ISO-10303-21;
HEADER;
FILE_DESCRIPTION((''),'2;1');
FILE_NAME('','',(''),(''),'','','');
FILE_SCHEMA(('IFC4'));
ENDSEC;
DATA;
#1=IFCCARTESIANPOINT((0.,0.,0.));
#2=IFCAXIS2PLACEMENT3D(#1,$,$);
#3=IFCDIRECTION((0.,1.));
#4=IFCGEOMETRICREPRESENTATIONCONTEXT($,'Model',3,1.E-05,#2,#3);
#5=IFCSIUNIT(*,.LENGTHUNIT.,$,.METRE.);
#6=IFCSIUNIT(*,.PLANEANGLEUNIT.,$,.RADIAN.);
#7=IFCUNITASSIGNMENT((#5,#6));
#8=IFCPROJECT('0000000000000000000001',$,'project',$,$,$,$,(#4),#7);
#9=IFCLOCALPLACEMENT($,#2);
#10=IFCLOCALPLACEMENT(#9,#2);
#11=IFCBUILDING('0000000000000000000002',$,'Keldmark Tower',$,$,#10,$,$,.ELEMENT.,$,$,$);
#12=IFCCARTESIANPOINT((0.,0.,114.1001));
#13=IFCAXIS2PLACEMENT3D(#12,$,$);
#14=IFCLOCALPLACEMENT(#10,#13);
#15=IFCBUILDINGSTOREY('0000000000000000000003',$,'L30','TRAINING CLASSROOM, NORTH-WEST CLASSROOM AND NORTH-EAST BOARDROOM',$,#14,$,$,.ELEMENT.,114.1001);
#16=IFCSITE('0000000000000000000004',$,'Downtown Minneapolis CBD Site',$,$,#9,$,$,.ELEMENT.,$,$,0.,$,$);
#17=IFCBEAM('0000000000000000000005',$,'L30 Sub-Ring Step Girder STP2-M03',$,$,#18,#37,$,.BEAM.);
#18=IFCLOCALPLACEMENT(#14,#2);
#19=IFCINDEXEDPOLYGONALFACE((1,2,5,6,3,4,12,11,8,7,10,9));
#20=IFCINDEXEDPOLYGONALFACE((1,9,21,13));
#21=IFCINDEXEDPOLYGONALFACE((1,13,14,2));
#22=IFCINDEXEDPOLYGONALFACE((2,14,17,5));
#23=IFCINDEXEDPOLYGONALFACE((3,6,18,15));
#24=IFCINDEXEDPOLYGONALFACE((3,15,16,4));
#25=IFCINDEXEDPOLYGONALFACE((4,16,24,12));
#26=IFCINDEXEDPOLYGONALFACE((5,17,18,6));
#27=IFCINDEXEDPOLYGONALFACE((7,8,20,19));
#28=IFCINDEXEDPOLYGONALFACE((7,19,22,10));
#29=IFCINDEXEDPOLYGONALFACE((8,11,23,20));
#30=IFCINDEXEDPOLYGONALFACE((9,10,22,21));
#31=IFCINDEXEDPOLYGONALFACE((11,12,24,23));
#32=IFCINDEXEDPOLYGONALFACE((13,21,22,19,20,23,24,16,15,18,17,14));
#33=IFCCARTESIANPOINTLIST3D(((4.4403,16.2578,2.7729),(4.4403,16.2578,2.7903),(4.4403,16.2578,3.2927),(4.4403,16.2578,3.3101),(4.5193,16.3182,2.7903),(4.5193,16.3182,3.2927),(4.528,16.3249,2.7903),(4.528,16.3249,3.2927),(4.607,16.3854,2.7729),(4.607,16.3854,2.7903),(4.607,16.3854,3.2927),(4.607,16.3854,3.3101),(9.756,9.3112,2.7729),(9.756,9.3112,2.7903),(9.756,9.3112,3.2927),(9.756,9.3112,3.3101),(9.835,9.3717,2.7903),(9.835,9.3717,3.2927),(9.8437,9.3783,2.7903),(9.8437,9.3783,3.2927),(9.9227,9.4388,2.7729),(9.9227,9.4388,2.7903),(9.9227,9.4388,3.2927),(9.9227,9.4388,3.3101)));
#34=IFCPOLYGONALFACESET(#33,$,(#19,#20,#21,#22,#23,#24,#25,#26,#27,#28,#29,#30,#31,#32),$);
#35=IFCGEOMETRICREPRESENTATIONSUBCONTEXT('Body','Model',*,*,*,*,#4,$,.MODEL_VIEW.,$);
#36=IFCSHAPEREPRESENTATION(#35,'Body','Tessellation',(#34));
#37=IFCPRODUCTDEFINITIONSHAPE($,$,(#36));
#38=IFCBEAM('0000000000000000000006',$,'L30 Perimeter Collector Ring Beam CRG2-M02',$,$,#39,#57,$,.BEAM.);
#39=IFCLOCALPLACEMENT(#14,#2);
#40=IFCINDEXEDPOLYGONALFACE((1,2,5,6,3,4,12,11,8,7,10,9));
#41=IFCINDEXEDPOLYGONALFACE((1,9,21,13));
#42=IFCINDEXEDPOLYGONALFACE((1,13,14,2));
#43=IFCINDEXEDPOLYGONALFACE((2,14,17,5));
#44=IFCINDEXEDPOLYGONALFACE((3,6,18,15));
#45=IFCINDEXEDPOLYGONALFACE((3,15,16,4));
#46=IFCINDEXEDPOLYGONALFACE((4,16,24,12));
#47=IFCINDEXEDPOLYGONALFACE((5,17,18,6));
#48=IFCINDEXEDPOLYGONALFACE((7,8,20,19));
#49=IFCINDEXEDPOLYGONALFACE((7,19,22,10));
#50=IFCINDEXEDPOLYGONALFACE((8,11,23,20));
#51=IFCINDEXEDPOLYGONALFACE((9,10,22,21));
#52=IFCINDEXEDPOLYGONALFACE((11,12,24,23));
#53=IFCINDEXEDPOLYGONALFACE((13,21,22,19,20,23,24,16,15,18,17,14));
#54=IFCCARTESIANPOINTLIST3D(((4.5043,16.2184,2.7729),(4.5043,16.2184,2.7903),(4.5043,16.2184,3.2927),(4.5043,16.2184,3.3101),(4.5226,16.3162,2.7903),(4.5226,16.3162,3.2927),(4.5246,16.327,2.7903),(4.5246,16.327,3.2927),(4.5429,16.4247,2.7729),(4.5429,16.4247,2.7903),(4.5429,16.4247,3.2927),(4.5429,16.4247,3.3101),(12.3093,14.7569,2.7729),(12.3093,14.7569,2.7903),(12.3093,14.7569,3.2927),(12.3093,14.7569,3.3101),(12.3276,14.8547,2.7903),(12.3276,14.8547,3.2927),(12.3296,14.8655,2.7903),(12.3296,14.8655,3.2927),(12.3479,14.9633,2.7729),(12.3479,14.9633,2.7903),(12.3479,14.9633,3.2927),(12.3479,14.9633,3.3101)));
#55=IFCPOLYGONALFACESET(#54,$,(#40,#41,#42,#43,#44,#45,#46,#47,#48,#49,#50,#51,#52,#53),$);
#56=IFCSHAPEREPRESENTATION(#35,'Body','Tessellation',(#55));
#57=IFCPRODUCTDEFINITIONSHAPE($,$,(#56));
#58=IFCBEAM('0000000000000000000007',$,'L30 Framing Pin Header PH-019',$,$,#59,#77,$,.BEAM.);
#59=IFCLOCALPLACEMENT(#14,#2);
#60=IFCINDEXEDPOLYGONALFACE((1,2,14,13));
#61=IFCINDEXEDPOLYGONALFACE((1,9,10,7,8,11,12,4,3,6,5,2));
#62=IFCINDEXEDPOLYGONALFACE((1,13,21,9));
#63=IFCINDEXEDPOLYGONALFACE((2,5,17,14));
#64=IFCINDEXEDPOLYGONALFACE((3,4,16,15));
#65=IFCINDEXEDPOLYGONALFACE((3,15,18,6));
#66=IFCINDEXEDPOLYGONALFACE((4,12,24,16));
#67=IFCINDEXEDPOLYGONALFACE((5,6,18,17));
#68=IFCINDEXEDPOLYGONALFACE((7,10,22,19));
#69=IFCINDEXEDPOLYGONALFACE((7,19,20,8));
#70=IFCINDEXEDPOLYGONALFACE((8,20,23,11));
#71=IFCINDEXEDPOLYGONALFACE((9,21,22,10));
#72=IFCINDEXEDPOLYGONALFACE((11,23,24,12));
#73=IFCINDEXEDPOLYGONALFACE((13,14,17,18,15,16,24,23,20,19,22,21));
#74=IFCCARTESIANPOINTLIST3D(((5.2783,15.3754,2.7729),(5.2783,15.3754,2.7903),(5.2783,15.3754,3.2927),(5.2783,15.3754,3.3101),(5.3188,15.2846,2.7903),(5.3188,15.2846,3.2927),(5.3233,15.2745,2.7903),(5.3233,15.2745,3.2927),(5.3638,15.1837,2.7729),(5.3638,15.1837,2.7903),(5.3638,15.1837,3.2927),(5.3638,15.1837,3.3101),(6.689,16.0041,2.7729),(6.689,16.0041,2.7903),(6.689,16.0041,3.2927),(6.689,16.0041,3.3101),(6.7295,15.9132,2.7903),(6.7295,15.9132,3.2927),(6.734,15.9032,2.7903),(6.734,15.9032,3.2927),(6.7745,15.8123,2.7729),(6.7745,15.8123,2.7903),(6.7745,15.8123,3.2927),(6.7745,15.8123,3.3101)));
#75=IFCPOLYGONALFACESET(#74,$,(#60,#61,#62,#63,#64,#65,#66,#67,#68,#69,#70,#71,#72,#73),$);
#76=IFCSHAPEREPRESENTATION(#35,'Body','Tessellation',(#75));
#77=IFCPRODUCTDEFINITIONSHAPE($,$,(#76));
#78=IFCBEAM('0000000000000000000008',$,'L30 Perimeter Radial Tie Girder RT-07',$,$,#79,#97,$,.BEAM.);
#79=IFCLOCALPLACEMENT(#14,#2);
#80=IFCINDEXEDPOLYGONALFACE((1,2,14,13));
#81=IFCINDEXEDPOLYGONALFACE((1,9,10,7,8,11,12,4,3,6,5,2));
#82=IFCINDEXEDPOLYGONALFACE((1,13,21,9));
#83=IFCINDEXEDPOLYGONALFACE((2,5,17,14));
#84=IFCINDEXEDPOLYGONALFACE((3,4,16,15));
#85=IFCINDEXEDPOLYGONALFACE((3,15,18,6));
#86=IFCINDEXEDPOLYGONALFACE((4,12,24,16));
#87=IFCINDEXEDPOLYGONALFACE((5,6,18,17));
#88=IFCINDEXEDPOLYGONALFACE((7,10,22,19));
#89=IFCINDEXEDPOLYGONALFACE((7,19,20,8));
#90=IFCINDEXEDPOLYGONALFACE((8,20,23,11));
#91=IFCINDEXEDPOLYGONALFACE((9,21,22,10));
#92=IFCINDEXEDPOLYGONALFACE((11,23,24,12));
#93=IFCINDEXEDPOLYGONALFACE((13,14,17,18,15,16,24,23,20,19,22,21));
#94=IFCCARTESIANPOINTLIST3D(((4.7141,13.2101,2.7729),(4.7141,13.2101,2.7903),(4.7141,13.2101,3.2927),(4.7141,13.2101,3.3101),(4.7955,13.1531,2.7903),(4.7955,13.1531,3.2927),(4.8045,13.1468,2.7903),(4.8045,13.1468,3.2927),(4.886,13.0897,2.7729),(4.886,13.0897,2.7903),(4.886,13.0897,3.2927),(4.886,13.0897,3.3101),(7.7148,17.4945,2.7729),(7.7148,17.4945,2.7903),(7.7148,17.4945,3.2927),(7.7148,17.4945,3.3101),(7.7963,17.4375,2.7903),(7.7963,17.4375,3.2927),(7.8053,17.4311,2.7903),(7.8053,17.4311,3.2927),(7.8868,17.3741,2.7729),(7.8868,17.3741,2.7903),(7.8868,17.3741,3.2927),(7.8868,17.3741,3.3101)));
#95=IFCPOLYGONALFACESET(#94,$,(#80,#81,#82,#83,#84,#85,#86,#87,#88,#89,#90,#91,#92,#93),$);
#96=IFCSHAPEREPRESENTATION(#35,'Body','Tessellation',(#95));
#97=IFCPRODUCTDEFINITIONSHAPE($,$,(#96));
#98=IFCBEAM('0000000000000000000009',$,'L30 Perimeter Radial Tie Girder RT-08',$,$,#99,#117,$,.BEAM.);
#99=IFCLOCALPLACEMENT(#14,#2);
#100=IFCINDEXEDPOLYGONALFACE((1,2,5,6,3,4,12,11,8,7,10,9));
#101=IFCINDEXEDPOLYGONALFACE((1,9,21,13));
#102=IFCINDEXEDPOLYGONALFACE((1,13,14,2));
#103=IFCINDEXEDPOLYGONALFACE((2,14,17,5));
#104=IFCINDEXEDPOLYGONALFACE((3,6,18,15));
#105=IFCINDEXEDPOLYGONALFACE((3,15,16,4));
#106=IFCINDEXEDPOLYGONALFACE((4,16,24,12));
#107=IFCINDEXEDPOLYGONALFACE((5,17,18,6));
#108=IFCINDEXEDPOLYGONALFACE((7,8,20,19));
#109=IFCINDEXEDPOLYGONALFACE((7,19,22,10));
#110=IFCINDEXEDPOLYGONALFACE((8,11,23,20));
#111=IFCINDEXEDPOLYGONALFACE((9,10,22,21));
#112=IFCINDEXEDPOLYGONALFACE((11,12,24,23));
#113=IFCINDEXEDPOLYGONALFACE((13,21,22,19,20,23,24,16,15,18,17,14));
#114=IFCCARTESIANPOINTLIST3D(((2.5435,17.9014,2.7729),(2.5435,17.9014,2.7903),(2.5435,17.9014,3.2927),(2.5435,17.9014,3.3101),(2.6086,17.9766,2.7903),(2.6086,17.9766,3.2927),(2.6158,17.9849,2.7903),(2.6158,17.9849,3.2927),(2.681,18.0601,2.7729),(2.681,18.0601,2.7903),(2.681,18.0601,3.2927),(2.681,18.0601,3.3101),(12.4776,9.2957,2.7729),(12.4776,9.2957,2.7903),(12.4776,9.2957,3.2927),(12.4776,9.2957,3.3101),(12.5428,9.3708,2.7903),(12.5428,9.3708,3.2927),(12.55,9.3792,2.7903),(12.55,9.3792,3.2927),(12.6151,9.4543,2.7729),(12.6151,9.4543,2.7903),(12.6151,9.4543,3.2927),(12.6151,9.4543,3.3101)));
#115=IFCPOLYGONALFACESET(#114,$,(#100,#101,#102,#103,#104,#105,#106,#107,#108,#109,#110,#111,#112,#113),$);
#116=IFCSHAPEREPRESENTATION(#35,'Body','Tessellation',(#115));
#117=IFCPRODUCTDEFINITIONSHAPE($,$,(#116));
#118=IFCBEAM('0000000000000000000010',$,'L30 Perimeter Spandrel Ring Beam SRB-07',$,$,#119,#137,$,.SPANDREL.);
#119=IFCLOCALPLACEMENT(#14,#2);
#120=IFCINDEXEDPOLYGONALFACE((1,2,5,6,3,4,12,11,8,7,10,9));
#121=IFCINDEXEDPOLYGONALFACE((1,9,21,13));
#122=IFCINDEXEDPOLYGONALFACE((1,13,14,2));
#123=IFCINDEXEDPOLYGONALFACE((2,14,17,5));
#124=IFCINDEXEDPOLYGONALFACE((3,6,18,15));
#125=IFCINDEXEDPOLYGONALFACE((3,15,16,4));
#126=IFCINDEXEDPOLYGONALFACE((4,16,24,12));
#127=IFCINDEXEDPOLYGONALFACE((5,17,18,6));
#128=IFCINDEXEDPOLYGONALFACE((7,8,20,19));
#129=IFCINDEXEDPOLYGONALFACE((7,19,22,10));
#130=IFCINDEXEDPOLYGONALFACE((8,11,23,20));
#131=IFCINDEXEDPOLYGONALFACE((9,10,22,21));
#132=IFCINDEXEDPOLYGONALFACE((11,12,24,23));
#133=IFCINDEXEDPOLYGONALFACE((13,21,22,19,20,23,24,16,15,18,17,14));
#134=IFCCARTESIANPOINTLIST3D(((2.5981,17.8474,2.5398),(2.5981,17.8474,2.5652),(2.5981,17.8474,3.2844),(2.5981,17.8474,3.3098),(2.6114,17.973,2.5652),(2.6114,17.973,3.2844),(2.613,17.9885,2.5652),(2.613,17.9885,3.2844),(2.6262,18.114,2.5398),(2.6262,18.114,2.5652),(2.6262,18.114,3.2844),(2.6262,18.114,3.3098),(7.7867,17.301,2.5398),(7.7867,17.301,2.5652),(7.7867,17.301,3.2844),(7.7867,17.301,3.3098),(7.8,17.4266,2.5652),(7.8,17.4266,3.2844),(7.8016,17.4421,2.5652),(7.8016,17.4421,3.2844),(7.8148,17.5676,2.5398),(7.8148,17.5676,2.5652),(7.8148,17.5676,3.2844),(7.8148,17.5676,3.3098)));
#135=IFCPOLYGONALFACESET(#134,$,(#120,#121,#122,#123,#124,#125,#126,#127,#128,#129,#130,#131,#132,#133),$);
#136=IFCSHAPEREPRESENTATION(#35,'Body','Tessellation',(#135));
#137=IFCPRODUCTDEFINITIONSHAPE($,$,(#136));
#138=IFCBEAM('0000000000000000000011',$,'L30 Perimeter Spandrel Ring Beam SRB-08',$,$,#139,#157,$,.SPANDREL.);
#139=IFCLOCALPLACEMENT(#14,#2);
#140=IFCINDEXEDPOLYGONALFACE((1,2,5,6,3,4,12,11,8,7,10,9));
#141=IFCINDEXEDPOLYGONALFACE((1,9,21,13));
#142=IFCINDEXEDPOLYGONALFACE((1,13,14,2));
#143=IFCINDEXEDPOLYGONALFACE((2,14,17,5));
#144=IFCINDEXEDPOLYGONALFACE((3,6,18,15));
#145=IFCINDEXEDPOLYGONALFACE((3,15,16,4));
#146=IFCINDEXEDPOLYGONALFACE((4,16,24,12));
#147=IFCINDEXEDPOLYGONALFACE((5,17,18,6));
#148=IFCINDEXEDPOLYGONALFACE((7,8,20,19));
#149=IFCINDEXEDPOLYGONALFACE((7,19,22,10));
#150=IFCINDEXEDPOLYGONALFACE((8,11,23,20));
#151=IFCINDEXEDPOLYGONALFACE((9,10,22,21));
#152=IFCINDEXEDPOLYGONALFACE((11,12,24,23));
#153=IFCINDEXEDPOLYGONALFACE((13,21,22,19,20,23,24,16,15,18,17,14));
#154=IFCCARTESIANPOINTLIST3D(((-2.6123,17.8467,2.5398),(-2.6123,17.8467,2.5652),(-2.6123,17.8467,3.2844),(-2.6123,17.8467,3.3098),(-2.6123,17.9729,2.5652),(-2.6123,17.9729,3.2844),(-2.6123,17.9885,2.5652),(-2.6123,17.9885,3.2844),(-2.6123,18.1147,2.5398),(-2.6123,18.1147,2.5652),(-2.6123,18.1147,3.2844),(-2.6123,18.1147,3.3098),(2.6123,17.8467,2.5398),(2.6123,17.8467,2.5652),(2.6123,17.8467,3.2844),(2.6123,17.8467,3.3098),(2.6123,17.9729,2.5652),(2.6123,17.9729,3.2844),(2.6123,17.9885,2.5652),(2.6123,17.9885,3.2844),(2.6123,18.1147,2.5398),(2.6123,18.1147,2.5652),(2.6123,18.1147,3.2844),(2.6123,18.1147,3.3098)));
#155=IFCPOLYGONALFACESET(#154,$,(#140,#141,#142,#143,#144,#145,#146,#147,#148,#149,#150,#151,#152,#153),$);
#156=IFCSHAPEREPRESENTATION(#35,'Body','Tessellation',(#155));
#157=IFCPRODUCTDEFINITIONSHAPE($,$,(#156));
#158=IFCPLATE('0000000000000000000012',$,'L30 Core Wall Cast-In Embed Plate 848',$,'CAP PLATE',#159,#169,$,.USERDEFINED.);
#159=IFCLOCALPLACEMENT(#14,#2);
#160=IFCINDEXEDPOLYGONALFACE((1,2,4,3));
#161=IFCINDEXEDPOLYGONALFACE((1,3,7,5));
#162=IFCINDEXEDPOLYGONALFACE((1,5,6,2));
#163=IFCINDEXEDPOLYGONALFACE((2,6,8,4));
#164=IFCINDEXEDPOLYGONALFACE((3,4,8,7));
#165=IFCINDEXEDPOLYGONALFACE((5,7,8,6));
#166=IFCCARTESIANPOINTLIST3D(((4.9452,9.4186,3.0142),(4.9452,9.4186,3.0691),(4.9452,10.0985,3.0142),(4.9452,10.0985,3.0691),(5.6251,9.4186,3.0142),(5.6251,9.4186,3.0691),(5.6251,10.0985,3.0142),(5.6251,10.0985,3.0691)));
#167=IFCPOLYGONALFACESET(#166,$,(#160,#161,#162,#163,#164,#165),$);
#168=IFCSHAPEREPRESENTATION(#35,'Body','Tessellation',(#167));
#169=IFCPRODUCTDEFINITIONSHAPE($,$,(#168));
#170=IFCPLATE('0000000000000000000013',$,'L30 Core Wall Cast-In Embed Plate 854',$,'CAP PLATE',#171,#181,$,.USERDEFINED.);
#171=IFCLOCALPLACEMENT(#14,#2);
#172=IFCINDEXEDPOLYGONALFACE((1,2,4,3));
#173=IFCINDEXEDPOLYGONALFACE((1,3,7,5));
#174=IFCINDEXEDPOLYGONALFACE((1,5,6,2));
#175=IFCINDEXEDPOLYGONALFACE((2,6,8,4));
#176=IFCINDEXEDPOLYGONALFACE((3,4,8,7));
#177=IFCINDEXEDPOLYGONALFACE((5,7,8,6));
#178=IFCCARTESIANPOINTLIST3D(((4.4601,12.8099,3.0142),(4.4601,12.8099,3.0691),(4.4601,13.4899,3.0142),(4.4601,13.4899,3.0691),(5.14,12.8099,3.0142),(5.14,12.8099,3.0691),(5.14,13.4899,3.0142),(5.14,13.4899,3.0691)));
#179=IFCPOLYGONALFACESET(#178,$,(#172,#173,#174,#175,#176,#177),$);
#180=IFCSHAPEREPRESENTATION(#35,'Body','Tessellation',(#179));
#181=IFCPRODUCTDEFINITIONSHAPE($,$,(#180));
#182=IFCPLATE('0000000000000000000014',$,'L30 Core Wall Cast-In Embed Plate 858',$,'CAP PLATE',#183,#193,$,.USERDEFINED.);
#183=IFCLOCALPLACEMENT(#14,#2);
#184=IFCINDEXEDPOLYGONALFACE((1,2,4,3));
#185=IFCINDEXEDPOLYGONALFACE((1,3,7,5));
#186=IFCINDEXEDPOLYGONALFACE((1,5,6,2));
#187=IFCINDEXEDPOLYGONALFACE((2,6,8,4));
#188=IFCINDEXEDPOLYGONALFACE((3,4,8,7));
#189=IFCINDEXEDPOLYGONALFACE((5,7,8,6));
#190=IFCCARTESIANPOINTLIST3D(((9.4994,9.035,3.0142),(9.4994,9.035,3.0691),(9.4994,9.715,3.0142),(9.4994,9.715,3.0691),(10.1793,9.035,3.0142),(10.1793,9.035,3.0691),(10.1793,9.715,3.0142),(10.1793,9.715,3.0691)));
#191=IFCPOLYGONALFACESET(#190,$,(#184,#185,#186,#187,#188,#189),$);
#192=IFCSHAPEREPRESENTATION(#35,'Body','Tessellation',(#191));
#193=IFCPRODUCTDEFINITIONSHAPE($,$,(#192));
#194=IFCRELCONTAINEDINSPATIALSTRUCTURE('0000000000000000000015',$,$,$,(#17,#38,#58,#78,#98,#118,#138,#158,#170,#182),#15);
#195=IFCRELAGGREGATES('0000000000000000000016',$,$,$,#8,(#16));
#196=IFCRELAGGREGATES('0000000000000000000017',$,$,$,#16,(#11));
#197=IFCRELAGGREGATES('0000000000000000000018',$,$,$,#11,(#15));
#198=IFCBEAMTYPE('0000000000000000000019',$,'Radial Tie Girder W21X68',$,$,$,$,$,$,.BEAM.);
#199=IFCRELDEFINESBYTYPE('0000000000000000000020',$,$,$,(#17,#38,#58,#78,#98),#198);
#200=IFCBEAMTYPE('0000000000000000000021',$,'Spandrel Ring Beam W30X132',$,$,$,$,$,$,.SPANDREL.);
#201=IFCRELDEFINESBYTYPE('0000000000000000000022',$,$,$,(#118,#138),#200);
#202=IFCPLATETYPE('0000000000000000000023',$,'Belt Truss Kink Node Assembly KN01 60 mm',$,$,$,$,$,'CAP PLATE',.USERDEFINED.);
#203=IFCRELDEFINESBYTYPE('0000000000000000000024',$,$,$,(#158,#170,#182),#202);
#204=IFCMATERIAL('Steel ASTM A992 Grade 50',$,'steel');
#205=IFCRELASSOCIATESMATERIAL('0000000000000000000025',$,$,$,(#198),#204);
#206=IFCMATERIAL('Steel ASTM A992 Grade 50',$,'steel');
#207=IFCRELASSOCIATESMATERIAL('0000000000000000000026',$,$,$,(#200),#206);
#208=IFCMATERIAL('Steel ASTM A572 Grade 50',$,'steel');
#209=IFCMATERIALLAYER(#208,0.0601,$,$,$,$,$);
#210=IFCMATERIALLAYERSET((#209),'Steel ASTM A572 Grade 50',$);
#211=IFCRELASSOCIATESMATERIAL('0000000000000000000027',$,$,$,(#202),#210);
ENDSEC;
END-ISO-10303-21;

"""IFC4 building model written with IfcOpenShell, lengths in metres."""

from ifc_helpers import new_model, si_unit, direction, frame, origin, origin_2d, place, context, subcontext, project, spatial, rectangle, i_section, extrude, material, layer, layer_set, material_profile, profile_set, type_object, element, save


model = new_model("IFC4")

# Units and contexts
model_context = context("Model", 3, precision=1e-05, world=origin(), true_north=direction((0.0, 1.0)))
body_context = subcontext(model_context, "Body", "Model", "MODEL_VIEW")
ifc_project = project(units=[si_unit("LENGTHUNIT", "METRE"), si_unit("PLANEANGLEUNIT", "RADIAN")], contexts=[model_context])

# Site, building, storey
site_placement = place(None, origin())
site = spatial("IfcSite", under=ifc_project, at=site_placement, Name="Downtown Minneapolis CBD Site", CompositionType="ELEMENT", RefElevation=0.0)
building_placement = place(site_placement, origin())
building = spatial("IfcBuilding", under=site, at=building_placement, Name="Keldmark Tower", CompositionType="ELEMENT")
storey_placement = place(building_placement, frame((0.0, 0.0, 114.1001)))
storey = spatial("IfcBuildingStorey", under=building, at=storey_placement, Name="L30", Description="TRAINING CLASSROOM, NORTH-WEST CLASSROOM AND NORTH-EAST BOARDROOM", CompositionType="ELEMENT", Elevation=114.1001)

# Beams
ifc_material_1 = material(Name="Steel ASTM A992 Grade 50", Category="steel")
ifc_material_profile_1 = material_profile(ifc_material_1, i_section(OverallWidth=0.21, OverallDepth=0.5371, WebThickness=0.011, FlangeThickness=0.0173, at=origin_2d()), Name="W21X68")
ifc_profile_set_1 = profile_set([ifc_material_profile_1], Name="Steel ASTM A992 Grade 50")
beam_type_1 = type_object("IfcBeamType", Name="Radial Tie Girder W21X68", PredefinedType="BEAM", material=ifc_profile_set_1)
beam_1_placement = place(storey_placement, frame((9.8394, 9.375, 3.0415), z_axis=(-0.607711, 0.794158, 0.0), x_axis=(-0.794158, -0.607711, 0.0)))
element("IfcBeam", 1, at=beam_1_placement, inside=storey, type_object=beam_type_1, Name="L30 Sub-Ring Step Girder STP2-M03", PredefinedType="BEAM", context=body_context, shape_type="SweptSolid", body=[
    extrude(i_section(OverallWidth=0.21, OverallDepth=0.5371, WebThickness=0.011, FlangeThickness=0.0173, at=origin_2d()), origin(), (0.0, 0.0, 1.0), 8.7471),
])
beam_2_placement = place(storey_placement, frame((12.3286, 14.8601, 3.0415), z_axis=(-0.982918, 0.184045, 0.0), x_axis=(-0.184045, -0.982918, 0.0)))
element("IfcBeam", 2, at=beam_2_placement, inside=storey, type_object=beam_type_1, Name="L30 Perimeter Collector Ring Beam CRG2-M02", PredefinedType="BEAM", context=body_context, shape_type="SweptSolid", body=[
    extrude(i_section(OverallWidth=0.21, OverallDepth=0.5371, WebThickness=0.011, FlangeThickness=0.0173, at=origin_2d()), origin(), (0.0, 0.0, 1.0), 7.9407),
])
beam_3_placement = place(storey_placement, frame((5.321, 15.2795, 3.0415), z_axis=(0.9134, 0.407062, 0.0), x_axis=(-0.407062, 0.9134, 0.0)))
element("IfcBeam", 3, at=beam_3_placement, inside=storey, type_object=beam_type_1, Name="L30 Framing Pin Header PH-019", PredefinedType="BEAM", context=body_context, shape_type="SweptSolid", body=[
    extrude(i_section(OverallWidth=0.21, OverallDepth=0.5371, WebThickness=0.011, FlangeThickness=0.0173, at=origin_2d()), origin(), (0.0, 0.0, 1.0), 1.5444),
])
beam_4_placement = place(storey_placement, frame((4.8, 13.1499, 3.0415), z_axis=(0.573672, 0.819085, 0.0), x_axis=(-0.819085, 0.573672, 0.0)))
element("IfcBeam", 4, at=beam_4_placement, inside=storey, type_object=beam_type_1, Name="L30 Perimeter Radial Tie Girder RT-07", PredefinedType="BEAM", context=body_context, shape_type="SweptSolid", body=[
    extrude(i_section(OverallWidth=0.21, OverallDepth=0.5371, WebThickness=0.011, FlangeThickness=0.0173, at=origin_2d()), origin(), (0.0, 0.0, 1.0), 5.2307),
])
beam_5_placement = place(storey_placement, frame((12.5464, 9.375, 3.0415), z_axis=(-0.755833, 0.654764, 0.0), x_axis=(-0.654764, -0.755833, 0.0)))
element("IfcBeam", 5, at=beam_5_placement, inside=storey, type_object=beam_type_1, Name="L30 Perimeter Radial Tie Girder RT-08", PredefinedType="BEAM", context=body_context, shape_type="SweptSolid", body=[
    extrude(i_section(OverallWidth=0.21, OverallDepth=0.5371, WebThickness=0.011, FlangeThickness=0.0173, at=origin_2d()), origin(), (0.0, 0.0, 1.0), 13.1433),
])
ifc_material_2 = material(Name="Steel ASTM A992 Grade 50", Category="steel")
ifc_material_profile_2 = material_profile(ifc_material_2, i_section(OverallWidth=0.2681, OverallDepth=0.77, WebThickness=0.0156, FlangeThickness=0.0254, at=origin_2d()), Name="W30X132")
ifc_profile_set_2 = profile_set([ifc_material_profile_2], Name="Steel ASTM A992 Grade 50")
beam_type_2 = type_object("IfcBeamType", Name="Spandrel Ring Beam W30X132", PredefinedType="SPANDREL", material=ifc_profile_set_2)
beam_6_placement = place(storey_placement, frame((7.8008, 17.4343, 2.9248), z_axis=(-0.994501, 0.104729, 0.0), x_axis=(-0.104729, -0.994501, 0.0)))
element("IfcBeam", 6, at=beam_6_placement, inside=storey, type_object=beam_type_2, Name="L30 Perimeter Spandrel Ring Beam SRB-07", PredefinedType="SPANDREL", context=body_context, shape_type="SweptSolid", body=[
    extrude(i_section(OverallWidth=0.2681, OverallDepth=0.77, WebThickness=0.0156, FlangeThickness=0.0254, at=origin_2d()), origin(), (0.0, 0.0, 1.0), 5.2173),
])
beam_7_placement = place(storey_placement, frame((2.6123, 17.9807, 2.9248), z_axis=(-1.0, 0.0, 0.0), x_axis=(0.0, -1.0, 0.0)))
element("IfcBeam", 7, at=beam_7_placement, inside=storey, type_object=beam_type_2, Name="L30 Perimeter Spandrel Ring Beam SRB-08", PredefinedType="SPANDREL", context=body_context, shape_type="SweptSolid", body=[
    extrude(i_section(OverallWidth=0.2681, OverallDepth=0.77, WebThickness=0.0156, FlangeThickness=0.0254, at=origin_2d()), origin(), (0.0, 0.0, 1.0), 5.2246),
])

# Plates
ifc_material_3 = material(Name="Steel ASTM A572 Grade 50", Category="steel")
ifc_layer_1 = layer(ifc_material_3, 0.0601)
ifc_layer_set_1 = layer_set([ifc_layer_1], Name="Steel ASTM A572 Grade 50")
plate_type_1 = type_object("IfcPlateType", Name="Belt Truss Kink Node Assembly KN01 60 mm", ElementType="CAP PLATE", PredefinedType="USERDEFINED", material=ifc_layer_set_1)
for number, where, z_axis, x_axis, name in (
    (8, (5.2852, 9.7585, 3.0142), (0.0, 0.0, 1.0), (1.0, 0.0, 0.0), "L30 Core Wall Cast-In Embed Plate 848"),
    (9, (4.8, 13.1499, 3.0142), (0.0, 0.0, 1.0), (1.0, 0.0, 0.0), "L30 Core Wall Cast-In Embed Plate 854"),
    (10, (9.8394, 9.375, 3.0142), (0.0, 0.0, 1.0), (1.0, 0.0, 0.0), "L30 Core Wall Cast-In Embed Plate 858"),
):
    element("IfcPlate", number, at=place(storey_placement, frame(where, z_axis=z_axis, x_axis=x_axis)), inside=storey, type_object=plate_type_1, Name=name, ObjectType="CAP PLATE", PredefinedType="USERDEFINED", context=body_context, shape_type="SweptSolid", body=[
        extrude(rectangle(XDim=0.6799, YDim=0.6799, at=origin_2d()), origin(), (0.0, 0.0, 1.0), 0.0549),
    ])

save(model, "model.ifc")
